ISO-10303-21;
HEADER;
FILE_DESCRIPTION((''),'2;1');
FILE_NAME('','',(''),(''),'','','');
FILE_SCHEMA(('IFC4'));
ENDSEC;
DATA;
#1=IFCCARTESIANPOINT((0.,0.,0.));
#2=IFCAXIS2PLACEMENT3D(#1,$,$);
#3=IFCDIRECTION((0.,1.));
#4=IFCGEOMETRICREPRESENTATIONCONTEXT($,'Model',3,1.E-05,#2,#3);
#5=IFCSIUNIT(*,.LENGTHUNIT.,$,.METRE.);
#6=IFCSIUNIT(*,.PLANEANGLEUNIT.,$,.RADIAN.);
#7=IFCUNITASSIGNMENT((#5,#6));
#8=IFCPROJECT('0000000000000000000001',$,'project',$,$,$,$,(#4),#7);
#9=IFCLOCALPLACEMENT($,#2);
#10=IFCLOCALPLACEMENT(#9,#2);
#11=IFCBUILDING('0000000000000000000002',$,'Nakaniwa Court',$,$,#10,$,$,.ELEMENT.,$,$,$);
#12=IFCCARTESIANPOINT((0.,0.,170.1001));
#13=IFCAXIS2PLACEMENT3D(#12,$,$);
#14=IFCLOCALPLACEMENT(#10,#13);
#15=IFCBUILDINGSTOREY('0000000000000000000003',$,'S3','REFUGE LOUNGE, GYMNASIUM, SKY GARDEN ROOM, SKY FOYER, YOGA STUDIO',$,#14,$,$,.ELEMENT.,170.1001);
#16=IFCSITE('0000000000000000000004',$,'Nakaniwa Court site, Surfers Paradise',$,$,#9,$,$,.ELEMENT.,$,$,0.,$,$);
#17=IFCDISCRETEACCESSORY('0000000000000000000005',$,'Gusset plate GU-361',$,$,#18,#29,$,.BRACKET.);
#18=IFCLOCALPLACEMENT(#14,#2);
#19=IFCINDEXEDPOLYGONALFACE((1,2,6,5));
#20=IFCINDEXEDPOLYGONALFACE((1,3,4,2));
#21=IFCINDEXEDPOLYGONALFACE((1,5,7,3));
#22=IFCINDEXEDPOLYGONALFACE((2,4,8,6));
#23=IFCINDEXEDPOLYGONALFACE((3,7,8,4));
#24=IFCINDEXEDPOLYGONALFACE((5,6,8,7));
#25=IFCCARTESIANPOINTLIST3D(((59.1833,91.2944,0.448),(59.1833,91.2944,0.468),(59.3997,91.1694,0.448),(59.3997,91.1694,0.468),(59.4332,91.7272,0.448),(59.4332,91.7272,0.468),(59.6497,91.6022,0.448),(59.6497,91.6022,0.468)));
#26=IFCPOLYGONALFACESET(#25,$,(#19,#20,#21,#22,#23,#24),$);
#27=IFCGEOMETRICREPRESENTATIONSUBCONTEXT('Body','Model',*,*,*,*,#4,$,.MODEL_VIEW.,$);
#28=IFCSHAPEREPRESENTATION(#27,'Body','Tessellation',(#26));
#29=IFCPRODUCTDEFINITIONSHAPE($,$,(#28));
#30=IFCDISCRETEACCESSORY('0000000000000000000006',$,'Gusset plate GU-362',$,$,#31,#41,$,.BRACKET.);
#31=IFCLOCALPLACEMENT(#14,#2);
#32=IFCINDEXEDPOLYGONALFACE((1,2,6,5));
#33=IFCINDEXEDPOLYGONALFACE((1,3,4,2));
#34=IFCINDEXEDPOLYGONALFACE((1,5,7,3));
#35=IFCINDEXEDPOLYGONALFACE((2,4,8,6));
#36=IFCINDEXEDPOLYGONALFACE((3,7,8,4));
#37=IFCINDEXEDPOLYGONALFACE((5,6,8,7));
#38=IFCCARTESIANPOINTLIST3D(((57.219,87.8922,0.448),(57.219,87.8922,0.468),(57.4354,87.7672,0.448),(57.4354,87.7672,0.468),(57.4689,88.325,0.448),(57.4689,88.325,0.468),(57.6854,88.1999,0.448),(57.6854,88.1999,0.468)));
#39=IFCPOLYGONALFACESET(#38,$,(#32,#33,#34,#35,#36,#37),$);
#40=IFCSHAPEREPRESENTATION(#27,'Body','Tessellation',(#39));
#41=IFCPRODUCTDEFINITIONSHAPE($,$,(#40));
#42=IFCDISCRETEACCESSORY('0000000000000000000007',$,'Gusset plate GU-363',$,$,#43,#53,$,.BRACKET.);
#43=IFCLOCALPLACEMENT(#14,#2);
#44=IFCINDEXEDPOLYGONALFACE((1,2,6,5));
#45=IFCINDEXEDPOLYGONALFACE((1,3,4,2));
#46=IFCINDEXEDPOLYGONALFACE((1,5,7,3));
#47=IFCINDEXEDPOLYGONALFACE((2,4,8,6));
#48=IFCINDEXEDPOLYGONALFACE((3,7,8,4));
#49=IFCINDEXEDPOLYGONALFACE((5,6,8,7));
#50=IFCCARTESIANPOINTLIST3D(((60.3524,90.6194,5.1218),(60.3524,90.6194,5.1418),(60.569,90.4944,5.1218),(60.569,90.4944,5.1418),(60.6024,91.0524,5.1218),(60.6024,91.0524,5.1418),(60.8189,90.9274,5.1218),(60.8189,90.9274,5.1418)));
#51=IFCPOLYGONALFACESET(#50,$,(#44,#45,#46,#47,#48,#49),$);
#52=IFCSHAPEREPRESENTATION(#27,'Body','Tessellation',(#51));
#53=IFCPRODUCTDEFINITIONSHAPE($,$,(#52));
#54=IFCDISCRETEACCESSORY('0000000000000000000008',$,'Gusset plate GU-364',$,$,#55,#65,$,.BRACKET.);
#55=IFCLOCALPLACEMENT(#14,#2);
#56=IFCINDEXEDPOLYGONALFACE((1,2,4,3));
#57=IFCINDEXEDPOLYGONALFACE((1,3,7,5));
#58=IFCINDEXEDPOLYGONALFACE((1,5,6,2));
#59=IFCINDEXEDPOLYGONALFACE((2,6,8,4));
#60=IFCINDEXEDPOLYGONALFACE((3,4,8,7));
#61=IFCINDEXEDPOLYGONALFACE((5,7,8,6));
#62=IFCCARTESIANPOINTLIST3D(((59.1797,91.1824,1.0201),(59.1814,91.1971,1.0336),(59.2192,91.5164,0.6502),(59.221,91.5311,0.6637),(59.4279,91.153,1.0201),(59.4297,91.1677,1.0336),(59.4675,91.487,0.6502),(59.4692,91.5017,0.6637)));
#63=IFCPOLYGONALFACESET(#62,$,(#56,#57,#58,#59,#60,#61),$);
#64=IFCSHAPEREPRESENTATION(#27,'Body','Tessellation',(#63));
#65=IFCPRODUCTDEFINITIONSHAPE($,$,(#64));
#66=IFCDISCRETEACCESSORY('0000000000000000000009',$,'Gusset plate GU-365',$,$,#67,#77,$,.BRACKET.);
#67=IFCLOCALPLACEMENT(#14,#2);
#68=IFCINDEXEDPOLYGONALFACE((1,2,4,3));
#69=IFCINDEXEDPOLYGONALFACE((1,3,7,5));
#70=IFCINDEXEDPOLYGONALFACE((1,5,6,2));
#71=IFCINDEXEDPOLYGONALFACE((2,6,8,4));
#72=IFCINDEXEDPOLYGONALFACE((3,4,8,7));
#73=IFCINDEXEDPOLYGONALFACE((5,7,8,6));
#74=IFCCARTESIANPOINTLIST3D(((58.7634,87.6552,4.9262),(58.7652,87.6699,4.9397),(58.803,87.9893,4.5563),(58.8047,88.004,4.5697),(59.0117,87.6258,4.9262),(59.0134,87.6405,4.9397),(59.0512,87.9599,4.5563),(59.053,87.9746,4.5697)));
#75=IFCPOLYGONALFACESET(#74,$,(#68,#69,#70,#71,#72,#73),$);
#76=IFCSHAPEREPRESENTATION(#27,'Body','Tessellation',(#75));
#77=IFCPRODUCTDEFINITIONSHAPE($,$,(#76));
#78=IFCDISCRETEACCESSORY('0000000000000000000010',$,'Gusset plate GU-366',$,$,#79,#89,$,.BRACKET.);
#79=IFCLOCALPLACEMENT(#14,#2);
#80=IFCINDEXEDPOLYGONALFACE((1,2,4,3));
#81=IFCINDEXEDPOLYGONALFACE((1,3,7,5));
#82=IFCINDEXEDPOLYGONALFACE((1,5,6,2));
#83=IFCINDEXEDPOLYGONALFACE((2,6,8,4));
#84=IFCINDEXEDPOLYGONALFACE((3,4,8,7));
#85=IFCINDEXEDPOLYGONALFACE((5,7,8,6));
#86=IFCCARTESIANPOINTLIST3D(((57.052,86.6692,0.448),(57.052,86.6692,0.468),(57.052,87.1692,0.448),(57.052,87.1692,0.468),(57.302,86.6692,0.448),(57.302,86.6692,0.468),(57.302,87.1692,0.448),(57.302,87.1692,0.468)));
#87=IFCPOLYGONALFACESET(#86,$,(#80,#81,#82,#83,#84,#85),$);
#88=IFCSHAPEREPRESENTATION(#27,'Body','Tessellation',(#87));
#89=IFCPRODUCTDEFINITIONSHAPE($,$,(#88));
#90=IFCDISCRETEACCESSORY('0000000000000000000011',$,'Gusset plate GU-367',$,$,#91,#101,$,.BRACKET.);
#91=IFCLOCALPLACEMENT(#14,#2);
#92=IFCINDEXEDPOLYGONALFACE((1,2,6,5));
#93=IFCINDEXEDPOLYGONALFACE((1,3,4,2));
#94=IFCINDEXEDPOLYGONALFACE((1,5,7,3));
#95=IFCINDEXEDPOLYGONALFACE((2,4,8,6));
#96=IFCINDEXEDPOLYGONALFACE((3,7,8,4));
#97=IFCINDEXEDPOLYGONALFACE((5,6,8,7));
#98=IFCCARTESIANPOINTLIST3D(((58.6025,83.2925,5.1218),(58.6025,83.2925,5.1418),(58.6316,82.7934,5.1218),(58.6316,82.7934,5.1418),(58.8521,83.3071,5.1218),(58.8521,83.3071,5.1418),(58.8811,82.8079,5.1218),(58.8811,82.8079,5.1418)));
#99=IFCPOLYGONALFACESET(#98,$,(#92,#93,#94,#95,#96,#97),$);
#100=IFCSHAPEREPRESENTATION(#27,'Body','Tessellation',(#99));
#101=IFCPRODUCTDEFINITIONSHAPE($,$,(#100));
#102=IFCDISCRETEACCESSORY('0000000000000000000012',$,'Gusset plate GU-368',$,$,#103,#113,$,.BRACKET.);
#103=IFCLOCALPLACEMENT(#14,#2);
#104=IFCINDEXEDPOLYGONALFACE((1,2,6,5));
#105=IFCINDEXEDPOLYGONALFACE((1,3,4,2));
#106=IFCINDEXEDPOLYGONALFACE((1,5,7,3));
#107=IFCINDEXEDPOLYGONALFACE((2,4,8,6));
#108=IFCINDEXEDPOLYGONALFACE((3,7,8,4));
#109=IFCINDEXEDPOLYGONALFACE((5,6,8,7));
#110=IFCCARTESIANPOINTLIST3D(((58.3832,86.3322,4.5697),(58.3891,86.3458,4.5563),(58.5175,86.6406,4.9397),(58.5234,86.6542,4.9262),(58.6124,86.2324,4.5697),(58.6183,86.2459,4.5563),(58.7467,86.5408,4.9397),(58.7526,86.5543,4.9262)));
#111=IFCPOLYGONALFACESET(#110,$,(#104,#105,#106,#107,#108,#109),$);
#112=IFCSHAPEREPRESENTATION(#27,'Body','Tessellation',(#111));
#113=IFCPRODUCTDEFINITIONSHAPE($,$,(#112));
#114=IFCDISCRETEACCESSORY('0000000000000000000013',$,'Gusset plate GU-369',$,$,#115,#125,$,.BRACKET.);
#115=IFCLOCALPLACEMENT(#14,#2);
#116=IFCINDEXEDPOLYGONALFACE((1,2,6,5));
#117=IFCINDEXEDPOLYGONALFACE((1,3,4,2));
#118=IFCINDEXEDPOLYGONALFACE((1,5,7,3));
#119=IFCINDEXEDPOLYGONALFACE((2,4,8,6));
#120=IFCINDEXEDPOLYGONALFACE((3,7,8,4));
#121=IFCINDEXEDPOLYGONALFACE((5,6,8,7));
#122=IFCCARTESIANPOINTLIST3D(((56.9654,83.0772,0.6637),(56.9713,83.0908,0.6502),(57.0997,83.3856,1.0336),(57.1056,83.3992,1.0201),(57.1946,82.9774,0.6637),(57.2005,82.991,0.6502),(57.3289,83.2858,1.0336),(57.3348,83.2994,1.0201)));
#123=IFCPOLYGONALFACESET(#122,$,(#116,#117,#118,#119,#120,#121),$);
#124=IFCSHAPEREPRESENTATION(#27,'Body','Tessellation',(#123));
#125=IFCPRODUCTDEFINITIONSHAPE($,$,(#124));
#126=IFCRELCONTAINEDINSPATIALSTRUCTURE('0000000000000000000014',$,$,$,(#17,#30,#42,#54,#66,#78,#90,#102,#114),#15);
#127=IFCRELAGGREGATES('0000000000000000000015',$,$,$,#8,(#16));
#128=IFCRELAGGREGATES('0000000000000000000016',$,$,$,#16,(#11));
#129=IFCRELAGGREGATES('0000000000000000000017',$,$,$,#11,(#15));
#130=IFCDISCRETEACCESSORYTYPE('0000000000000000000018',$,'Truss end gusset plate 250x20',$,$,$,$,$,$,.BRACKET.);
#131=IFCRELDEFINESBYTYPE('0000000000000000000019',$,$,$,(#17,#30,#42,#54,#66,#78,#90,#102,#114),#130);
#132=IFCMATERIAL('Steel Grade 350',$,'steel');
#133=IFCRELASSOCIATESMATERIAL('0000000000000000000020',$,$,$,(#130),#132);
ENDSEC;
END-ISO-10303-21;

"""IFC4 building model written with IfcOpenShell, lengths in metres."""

from ifc_helpers import new_model, si_unit, direction, frame, origin, origin_2d, place, context, subcontext, project, spatial, rectangle, extrude, material, material_profile, profile_set, type_object, element, save


model = new_model("IFC4")

# Units and contexts
model_context = context("Model", 3, precision=1e-05, world=origin(), true_north=direction((0.0, 1.0)))
body_context = subcontext(model_context, "Body", "Model", "MODEL_VIEW")
ifc_project = project(units=[si_unit("LENGTHUNIT", "METRE"), si_unit("PLANEANGLEUNIT", "RADIAN")], contexts=[model_context])

# Site, building, storey
site_placement = place(None, origin())
site = spatial("IfcSite", under=ifc_project, at=site_placement, Name="Nakaniwa Court site, Surfers Paradise", CompositionType="ELEMENT", RefElevation=0.0)
building_placement = place(site_placement, origin())
building = spatial("IfcBuilding", under=site, at=building_placement, Name="Nakaniwa Court", CompositionType="ELEMENT")
storey_placement = place(building_placement, frame((0.0, 0.0, 170.1001)))
storey = spatial("IfcBuildingStorey", under=building, at=storey_placement, Name="S3", Description="REFUGE LOUNGE, GYMNASIUM, SKY GARDEN ROOM, SKY FOYER, YOGA STUDIO", CompositionType="ELEMENT", Elevation=170.1001)

# Shared definitions
ifc_material_1 = material(Name="Steel Grade 350", Category="steel")

# Discrete accessories
ifc_material_profile_1 = material_profile(ifc_material_1, rectangle(XDim=0.25, YDim=0.02, at=origin_2d()), Name="Truss end gusset plate 250x20")
ifc_profile_set_1 = profile_set([ifc_material_profile_1], Name="Steel Grade 350")
discrete_accessory_type = type_object("IfcDiscreteAccessoryType", Name="Truss end gusset plate 250x20", PredefinedType="BRACKET", material=ifc_profile_set_1)
for number, where, z_axis, x_axis, name in (
    (1, (59.2915, 91.2319, 0.458), (0.500131, 0.86595, 0.0), (-0.86595, 0.500131, 0.0), "Gusset plate GU-361"),
    (2, (57.5771, 88.2625, 0.458), (-0.500131, -0.86595, 0.0), (0.86595, -0.500131, 0.0), "Gusset plate GU-362"),
):
    element("IfcDiscreteAccessory", number, at=place(storey_placement, frame(where, z_axis=z_axis, x_axis=x_axis)), inside=storey, type_object=discrete_accessory_type, Name=name, PredefinedType="BRACKET", context=body_context, shape_type="SweptSolid", body=[
        extrude(rectangle(XDim=0.25, YDim=0.02, at=origin_2d()), origin(), (0.0, 0.0, 1.0), 0.4998),
    ])
for number, where, z_axis, x_axis, name in (
    (3, (60.4607, 90.5569, 5.1318), (0.49992, 0.866072, 0.0), (-0.866072, 0.49992, 0.0), "Gusset plate GU-363"),
    (4, (59.3047, 91.175, 1.0269), (0.079115, 0.668081, -0.739871), (-0.993061, 0.117599, 0.0), "Gusset plate GU-364"),
    (5, (58.928, 87.9819, 4.563), (-0.079115, -0.668081, 0.739871), (0.993061, -0.117599, 0.0), "Gusset plate GU-365"),
    (6, (57.177, 86.6692, 0.458), (0.0, 1.0, 0.0), (-1.0, 0.0, 0.0), "Gusset plate GU-366"),
    (7, (58.7273, 83.2998, 5.1318), (0.058092, -0.998311, 0.0), (0.998311, 0.058092, 0.0), "Gusset plate GU-367"),
    (8, (58.5007, 86.2891, 4.563), (0.2686, 0.616803, 0.73987), (-0.916839, 0.399257, 0.0), "Gusset plate GU-368"),
    (9, (57.2173, 83.3425, 1.0269), (-0.2686, -0.616803, -0.73987), (0.916839, -0.399257, 0.0), "Gusset plate GU-369"),
):
    element("IfcDiscreteAccessory", number, at=place(storey_placement, frame(where, z_axis=z_axis, x_axis=x_axis)), inside=storey, type_object=discrete_accessory_type, Name=name, PredefinedType="BRACKET", context=body_context, shape_type="SweptSolid", body=[
        extrude(rectangle(XDim=0.25, YDim=0.02, at=origin_2d()), origin(), (0.0, 0.0, 1.0), 0.5),
    ])

save(model, "model.ifc")
